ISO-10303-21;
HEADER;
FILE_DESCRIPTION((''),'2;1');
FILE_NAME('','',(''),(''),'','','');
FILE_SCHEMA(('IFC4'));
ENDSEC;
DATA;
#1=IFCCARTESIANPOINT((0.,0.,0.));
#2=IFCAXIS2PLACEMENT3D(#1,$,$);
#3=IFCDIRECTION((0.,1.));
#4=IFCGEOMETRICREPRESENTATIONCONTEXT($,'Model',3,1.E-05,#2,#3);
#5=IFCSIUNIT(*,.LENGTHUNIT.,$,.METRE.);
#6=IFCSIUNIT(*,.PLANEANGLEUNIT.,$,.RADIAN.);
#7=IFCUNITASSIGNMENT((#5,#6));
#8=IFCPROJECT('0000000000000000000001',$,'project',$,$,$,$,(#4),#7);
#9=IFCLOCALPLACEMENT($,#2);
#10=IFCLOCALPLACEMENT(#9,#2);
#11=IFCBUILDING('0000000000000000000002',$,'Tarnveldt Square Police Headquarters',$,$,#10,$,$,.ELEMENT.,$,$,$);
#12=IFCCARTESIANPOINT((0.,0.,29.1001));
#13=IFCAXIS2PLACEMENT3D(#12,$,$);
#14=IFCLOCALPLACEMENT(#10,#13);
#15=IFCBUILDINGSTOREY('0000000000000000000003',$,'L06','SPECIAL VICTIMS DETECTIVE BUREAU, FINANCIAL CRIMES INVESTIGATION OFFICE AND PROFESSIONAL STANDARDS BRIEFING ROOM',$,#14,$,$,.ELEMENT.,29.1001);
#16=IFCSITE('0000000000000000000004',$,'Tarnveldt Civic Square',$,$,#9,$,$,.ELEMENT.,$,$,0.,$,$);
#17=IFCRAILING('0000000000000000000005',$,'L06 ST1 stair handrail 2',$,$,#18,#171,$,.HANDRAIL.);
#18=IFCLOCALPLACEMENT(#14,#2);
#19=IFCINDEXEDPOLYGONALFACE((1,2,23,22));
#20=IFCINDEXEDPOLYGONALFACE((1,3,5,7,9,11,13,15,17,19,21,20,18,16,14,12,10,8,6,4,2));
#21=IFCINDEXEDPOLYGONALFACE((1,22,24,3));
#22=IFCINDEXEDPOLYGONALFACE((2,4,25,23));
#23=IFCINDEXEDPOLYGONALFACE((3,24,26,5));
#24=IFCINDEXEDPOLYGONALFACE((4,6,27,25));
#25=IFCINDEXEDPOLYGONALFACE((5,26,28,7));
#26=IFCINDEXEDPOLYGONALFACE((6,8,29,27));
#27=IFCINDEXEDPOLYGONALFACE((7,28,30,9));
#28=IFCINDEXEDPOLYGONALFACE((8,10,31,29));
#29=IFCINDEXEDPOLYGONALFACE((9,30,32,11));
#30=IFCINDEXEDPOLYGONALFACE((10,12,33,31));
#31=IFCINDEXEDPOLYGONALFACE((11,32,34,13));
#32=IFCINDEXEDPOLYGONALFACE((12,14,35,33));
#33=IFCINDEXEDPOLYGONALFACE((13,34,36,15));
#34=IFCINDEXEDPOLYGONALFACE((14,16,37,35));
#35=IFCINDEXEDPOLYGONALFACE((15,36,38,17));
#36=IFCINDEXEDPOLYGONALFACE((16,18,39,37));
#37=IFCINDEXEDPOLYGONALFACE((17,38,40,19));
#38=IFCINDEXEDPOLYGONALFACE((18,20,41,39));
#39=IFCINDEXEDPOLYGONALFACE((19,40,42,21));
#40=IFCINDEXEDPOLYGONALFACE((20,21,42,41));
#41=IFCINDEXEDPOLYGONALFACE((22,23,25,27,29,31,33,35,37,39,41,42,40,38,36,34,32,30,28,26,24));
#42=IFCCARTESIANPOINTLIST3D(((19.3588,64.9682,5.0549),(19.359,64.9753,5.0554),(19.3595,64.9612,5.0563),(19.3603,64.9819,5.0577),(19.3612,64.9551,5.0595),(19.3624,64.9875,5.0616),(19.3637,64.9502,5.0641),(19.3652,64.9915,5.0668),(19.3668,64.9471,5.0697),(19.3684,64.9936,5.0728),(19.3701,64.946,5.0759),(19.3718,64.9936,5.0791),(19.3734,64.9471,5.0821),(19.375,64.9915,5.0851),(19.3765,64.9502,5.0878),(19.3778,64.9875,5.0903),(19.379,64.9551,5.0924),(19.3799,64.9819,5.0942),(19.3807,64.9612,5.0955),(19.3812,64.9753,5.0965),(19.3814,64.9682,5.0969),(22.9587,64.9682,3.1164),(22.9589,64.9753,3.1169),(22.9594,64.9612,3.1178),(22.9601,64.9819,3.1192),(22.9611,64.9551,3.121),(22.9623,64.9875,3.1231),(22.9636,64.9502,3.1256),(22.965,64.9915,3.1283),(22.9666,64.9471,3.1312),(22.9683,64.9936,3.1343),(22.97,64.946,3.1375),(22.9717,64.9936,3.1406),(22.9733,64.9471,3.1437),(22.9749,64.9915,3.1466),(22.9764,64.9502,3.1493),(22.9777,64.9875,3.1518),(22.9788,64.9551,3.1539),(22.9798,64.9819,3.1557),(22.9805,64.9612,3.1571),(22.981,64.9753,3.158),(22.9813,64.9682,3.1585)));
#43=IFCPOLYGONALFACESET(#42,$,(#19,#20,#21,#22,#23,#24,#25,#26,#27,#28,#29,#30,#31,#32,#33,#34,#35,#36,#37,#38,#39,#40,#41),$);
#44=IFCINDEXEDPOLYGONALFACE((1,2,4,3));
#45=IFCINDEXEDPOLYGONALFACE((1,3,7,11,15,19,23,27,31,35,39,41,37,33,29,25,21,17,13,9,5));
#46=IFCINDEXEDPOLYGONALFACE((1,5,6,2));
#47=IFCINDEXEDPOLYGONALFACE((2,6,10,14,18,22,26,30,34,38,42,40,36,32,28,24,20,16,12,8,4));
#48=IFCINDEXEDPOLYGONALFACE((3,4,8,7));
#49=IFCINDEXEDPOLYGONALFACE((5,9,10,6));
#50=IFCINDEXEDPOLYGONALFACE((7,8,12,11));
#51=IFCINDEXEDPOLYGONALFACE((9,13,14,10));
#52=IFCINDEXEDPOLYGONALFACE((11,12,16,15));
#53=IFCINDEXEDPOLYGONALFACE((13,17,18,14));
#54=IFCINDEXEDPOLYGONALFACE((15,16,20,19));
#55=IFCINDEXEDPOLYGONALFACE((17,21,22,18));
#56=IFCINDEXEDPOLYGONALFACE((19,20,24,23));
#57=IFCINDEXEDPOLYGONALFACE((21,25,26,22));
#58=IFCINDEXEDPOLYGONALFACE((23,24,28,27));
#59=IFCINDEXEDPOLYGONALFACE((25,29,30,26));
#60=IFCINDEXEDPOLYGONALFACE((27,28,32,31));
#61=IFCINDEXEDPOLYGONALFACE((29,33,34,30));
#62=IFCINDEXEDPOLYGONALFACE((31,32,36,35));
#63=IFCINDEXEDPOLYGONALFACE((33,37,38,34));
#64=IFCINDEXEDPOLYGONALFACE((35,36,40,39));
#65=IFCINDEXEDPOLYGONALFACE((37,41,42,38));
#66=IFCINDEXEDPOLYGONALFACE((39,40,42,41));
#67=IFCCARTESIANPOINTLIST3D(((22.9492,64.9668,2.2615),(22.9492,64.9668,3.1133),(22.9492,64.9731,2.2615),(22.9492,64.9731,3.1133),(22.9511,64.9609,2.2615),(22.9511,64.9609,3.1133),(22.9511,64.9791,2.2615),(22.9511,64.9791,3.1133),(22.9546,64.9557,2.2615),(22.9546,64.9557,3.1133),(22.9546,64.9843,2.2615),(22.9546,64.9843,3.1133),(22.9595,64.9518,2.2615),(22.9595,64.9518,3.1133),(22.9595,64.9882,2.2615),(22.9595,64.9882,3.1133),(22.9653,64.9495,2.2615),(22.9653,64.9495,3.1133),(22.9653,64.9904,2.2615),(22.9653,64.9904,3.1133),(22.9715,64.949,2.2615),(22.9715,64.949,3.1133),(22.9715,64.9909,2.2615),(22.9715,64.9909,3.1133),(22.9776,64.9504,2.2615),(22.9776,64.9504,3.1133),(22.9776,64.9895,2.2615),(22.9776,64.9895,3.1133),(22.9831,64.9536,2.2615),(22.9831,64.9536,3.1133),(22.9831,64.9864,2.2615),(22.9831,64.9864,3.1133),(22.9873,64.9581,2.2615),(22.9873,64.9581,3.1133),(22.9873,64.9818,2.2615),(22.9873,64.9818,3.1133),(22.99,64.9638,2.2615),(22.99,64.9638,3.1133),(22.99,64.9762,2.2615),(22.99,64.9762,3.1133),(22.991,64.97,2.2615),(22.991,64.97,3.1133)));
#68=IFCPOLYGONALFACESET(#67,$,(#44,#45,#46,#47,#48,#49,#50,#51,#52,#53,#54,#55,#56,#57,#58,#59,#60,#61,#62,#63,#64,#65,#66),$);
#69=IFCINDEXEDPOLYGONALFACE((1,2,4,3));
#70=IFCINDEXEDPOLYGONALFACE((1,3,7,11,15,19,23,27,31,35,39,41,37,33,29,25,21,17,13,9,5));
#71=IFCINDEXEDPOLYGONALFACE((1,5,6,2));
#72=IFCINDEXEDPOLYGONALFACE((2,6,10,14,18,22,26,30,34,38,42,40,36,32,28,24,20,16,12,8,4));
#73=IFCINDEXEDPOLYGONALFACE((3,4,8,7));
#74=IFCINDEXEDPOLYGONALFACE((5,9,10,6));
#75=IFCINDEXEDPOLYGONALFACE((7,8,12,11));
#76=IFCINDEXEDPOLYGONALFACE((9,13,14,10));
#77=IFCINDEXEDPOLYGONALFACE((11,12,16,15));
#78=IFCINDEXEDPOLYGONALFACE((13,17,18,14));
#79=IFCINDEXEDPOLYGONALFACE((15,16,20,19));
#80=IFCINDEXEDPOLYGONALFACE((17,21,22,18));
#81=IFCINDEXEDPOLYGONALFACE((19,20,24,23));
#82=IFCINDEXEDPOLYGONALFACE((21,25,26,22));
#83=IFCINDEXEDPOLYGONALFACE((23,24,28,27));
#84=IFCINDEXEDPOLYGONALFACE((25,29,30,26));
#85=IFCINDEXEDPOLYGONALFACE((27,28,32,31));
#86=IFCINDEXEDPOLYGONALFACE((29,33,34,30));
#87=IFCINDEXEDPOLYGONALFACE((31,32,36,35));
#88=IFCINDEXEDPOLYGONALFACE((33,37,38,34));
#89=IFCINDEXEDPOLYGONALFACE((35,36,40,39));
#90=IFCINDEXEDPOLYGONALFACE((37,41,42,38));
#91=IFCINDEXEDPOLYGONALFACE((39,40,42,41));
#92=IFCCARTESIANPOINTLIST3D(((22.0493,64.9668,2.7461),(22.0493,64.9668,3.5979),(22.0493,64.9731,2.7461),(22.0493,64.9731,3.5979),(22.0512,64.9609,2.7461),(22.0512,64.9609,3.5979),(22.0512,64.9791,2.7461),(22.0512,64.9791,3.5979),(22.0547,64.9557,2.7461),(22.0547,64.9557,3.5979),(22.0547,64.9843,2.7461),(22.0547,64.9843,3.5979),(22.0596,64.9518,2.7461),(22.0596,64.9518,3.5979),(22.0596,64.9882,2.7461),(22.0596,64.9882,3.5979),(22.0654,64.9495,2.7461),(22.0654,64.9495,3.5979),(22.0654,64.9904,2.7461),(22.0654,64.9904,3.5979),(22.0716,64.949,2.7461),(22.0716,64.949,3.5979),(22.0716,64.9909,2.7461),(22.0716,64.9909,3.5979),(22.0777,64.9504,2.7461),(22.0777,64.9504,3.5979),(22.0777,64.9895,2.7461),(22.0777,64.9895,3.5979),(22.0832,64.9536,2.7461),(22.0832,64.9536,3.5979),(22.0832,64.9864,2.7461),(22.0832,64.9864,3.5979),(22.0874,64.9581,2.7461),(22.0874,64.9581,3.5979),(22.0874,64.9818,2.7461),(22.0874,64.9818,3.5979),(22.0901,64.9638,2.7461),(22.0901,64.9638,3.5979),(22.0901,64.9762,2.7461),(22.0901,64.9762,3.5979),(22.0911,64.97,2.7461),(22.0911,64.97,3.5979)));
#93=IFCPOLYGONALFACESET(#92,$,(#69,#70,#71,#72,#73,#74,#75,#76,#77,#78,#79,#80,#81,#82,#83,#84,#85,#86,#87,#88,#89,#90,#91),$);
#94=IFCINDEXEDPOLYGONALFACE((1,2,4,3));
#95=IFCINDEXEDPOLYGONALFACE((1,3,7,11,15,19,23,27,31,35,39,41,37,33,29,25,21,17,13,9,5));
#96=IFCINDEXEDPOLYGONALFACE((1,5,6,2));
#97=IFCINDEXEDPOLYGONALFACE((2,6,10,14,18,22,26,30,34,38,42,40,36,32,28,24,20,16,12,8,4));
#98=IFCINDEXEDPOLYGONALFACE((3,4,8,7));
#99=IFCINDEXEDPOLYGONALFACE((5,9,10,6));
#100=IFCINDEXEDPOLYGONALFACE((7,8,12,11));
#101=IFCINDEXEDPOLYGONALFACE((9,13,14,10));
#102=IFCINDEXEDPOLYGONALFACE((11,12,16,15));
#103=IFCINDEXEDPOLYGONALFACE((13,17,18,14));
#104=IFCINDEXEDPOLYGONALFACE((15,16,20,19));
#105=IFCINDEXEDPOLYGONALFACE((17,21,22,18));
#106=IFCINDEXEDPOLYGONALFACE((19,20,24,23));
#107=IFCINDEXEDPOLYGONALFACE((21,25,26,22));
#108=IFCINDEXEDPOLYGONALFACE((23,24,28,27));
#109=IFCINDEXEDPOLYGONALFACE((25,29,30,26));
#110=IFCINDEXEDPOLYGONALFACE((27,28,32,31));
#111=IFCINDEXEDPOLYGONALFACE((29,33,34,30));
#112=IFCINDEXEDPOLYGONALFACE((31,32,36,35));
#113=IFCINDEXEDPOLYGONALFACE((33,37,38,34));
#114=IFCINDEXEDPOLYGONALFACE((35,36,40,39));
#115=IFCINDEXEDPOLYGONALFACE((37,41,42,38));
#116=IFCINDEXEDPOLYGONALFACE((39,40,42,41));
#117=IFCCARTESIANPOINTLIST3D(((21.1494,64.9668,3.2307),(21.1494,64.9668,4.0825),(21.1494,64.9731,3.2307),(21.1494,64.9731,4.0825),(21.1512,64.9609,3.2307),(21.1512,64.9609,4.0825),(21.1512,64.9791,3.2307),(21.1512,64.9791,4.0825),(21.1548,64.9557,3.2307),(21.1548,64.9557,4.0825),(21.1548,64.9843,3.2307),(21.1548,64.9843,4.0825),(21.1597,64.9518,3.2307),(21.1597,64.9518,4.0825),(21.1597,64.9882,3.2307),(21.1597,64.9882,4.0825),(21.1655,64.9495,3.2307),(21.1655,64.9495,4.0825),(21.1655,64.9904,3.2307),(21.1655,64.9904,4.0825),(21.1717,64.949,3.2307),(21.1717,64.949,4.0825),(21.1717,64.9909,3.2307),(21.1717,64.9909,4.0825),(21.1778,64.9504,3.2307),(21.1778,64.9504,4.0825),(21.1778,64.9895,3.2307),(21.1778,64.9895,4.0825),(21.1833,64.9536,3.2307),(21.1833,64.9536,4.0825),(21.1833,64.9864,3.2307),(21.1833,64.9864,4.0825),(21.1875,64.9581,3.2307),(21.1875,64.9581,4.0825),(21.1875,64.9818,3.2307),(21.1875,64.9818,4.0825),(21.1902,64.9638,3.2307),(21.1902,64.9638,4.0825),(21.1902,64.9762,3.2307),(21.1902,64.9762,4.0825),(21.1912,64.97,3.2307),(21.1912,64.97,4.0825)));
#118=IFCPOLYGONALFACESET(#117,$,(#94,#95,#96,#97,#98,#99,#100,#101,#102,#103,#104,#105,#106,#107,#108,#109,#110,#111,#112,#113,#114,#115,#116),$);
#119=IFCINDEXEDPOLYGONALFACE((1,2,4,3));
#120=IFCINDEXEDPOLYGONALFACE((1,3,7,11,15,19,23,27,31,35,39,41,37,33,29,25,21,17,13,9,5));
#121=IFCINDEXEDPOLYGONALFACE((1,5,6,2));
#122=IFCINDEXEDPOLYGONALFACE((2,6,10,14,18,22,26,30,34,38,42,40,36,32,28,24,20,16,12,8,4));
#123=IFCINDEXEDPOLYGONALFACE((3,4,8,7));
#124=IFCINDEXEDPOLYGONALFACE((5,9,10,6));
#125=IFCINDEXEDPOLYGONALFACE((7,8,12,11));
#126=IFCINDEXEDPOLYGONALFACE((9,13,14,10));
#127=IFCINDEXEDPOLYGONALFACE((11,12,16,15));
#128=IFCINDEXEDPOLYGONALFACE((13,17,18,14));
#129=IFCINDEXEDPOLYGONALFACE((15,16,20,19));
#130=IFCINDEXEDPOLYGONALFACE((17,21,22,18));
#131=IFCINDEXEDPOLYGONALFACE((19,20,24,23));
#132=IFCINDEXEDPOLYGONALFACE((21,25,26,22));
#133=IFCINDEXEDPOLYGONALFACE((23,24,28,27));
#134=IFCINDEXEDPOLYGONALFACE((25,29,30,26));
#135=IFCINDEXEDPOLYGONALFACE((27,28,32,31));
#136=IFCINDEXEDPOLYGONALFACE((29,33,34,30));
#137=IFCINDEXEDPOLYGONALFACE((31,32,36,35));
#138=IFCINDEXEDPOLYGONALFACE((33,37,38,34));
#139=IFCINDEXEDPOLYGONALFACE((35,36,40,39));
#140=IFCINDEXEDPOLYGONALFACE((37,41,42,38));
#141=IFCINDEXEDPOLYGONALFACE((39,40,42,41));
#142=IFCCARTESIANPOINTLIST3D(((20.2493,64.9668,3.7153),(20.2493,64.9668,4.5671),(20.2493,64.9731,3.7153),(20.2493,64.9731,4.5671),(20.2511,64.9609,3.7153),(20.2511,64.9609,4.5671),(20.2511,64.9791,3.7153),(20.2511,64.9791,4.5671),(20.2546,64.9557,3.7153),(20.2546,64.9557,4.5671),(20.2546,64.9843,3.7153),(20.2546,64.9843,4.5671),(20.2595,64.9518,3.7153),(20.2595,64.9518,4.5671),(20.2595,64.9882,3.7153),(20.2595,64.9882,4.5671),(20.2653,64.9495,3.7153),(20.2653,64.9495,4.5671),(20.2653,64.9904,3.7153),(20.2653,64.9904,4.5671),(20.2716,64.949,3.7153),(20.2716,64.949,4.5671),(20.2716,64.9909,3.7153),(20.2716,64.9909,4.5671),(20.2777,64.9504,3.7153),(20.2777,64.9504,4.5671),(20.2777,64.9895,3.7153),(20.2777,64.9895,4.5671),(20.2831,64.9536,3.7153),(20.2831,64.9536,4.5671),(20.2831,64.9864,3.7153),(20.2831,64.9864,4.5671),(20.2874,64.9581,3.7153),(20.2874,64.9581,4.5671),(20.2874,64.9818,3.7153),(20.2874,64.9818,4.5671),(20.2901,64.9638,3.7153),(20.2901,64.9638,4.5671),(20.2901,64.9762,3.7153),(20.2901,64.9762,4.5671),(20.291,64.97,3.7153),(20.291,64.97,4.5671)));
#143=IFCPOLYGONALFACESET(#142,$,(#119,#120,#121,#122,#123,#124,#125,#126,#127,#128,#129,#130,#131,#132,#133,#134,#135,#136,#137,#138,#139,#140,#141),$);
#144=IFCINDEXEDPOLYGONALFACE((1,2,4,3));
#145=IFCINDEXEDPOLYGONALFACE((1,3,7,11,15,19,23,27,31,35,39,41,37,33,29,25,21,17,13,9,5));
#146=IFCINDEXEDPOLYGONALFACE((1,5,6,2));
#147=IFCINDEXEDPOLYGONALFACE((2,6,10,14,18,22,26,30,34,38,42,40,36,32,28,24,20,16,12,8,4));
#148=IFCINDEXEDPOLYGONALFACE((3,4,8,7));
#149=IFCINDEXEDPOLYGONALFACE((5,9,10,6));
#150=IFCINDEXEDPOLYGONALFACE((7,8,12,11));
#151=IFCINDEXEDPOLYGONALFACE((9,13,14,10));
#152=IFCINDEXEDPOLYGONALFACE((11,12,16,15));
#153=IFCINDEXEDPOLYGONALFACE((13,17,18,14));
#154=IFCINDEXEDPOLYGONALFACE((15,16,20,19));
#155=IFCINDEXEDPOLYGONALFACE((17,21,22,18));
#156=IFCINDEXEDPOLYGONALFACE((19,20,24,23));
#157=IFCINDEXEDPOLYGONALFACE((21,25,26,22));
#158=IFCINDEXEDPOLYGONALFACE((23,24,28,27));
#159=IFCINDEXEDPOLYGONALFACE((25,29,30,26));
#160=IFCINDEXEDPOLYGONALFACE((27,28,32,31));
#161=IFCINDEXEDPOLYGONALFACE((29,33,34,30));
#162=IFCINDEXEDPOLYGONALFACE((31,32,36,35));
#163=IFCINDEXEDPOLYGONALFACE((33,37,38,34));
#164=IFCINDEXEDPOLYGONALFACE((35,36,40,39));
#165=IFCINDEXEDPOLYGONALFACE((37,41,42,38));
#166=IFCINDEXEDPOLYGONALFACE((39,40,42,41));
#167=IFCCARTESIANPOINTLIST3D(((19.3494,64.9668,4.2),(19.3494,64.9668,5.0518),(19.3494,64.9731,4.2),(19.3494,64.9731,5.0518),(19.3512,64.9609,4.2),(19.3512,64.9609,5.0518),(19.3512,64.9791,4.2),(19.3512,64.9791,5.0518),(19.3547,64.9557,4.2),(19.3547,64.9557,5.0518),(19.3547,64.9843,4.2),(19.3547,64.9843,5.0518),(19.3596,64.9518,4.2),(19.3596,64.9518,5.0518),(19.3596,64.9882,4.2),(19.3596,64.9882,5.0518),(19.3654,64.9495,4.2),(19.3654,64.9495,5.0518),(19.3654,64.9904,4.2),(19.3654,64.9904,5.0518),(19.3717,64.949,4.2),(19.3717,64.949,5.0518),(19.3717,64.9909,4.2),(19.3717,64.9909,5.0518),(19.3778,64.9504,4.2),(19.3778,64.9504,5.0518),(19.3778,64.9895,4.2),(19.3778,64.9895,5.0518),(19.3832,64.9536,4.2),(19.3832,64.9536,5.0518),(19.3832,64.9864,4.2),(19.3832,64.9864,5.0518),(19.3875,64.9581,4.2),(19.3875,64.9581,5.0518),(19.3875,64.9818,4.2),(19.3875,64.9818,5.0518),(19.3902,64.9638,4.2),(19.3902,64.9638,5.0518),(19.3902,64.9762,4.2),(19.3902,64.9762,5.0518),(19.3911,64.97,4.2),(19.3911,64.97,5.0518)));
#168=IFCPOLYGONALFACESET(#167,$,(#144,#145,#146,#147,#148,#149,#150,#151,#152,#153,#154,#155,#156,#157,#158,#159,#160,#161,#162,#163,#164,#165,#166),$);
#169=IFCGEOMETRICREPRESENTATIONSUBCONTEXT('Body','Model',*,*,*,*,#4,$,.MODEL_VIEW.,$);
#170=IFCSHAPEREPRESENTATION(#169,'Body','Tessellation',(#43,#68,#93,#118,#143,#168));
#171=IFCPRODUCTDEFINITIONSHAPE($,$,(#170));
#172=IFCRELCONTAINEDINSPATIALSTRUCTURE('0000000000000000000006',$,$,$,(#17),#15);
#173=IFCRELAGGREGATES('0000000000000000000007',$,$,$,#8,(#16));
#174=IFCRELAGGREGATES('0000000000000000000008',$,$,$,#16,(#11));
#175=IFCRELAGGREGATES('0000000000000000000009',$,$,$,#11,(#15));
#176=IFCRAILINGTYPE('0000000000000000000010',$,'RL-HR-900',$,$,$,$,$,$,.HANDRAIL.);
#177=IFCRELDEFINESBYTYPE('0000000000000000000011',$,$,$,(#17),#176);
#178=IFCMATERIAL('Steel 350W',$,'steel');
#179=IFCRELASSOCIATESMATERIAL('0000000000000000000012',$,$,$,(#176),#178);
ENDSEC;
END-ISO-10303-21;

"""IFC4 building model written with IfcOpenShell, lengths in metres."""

from ifc_helpers import new_model, si_unit, direction, frame, origin, origin_2d, place, context, subcontext, project, spatial, circle, extrude, material, type_object, element, save


model = new_model("IFC4")

# Units and contexts
model_context = context("Model", 3, precision=1e-05, world=origin(), true_north=direction((0.0, 1.0)))
body_context = subcontext(model_context, "Body", "Model", "MODEL_VIEW")
ifc_project = project(units=[si_unit("LENGTHUNIT", "METRE"), si_unit("PLANEANGLEUNIT", "RADIAN")], contexts=[model_context])

# Site, building, storey
site_placement = place(None, origin())
site = spatial("IfcSite", under=ifc_project, at=site_placement, Name="Tarnveldt Civic Square", CompositionType="ELEMENT", RefElevation=0.0)
building_placement = place(site_placement, origin())
building = spatial("IfcBuilding", under=site, at=building_placement, Name="Tarnveldt Square Police Headquarters", CompositionType="ELEMENT")
storey_placement = place(building_placement, frame((0.0, 0.0, 29.1001)))
storey = spatial("IfcBuildingStorey", under=building, at=storey_placement, Name="L06", Description="SPECIAL VICTIMS DETECTIVE BUREAU, FINANCIAL CRIMES INVESTIGATION OFFICE AND PROFESSIONAL STANDARDS BRIEFING ROOM", CompositionType="ELEMENT", Elevation=29.1001)

# Shared definitions
ifc_material_1 = material(Name="Steel 350W", Category="steel")

# Railing
railing_type_1 = type_object("IfcRailingType", Name="RL-HR-900", PredefinedType="HANDRAIL", material=ifc_material_1)
railing_1_placement = place(storey_placement, frame((22.97, 64.97, 2.2615)))
element("IfcRailing", 1, at=railing_1_placement, inside=storey, type_object=railing_type_1, Name="L06 ST1 stair handrail 2", PredefinedType="HANDRAIL", context=body_context, shape_type="SweptSolid", body=[
    extrude(circle(Radius=0.0239, at=origin_2d()), frame((0.0, 0.0, 0.876), z_axis=(-0.880462, 0.0, 0.474118), x_axis=(0.0, -1.0, 0.0)), (0.0, 0.0, 1.0), 4.0886),
    extrude(circle(Radius=0.021, at=origin_2d()), origin(), (0.0, 0.0, 1.0), 0.8518),
    extrude(circle(Radius=0.021, at=origin_2d()), frame((-0.8999, 0.0, 0.4846)), (0.0, 0.0, 1.0), 0.8518),
    extrude(circle(Radius=0.021, at=origin_2d()), frame((-1.7998, 0.0, 0.9692)), (0.0, 0.0, 1.0), 0.8518),
    extrude(circle(Radius=0.021, at=origin_2d()), frame((-2.7, 0.0, 1.4539)), (0.0, 0.0, 1.0), 0.8518),
    extrude(circle(Radius=0.021, at=origin_2d()), frame((-3.5999, 0.0, 1.9385)), (0.0, 0.0, 1.0), 0.8518),
])

save(model, "model.ifc")
